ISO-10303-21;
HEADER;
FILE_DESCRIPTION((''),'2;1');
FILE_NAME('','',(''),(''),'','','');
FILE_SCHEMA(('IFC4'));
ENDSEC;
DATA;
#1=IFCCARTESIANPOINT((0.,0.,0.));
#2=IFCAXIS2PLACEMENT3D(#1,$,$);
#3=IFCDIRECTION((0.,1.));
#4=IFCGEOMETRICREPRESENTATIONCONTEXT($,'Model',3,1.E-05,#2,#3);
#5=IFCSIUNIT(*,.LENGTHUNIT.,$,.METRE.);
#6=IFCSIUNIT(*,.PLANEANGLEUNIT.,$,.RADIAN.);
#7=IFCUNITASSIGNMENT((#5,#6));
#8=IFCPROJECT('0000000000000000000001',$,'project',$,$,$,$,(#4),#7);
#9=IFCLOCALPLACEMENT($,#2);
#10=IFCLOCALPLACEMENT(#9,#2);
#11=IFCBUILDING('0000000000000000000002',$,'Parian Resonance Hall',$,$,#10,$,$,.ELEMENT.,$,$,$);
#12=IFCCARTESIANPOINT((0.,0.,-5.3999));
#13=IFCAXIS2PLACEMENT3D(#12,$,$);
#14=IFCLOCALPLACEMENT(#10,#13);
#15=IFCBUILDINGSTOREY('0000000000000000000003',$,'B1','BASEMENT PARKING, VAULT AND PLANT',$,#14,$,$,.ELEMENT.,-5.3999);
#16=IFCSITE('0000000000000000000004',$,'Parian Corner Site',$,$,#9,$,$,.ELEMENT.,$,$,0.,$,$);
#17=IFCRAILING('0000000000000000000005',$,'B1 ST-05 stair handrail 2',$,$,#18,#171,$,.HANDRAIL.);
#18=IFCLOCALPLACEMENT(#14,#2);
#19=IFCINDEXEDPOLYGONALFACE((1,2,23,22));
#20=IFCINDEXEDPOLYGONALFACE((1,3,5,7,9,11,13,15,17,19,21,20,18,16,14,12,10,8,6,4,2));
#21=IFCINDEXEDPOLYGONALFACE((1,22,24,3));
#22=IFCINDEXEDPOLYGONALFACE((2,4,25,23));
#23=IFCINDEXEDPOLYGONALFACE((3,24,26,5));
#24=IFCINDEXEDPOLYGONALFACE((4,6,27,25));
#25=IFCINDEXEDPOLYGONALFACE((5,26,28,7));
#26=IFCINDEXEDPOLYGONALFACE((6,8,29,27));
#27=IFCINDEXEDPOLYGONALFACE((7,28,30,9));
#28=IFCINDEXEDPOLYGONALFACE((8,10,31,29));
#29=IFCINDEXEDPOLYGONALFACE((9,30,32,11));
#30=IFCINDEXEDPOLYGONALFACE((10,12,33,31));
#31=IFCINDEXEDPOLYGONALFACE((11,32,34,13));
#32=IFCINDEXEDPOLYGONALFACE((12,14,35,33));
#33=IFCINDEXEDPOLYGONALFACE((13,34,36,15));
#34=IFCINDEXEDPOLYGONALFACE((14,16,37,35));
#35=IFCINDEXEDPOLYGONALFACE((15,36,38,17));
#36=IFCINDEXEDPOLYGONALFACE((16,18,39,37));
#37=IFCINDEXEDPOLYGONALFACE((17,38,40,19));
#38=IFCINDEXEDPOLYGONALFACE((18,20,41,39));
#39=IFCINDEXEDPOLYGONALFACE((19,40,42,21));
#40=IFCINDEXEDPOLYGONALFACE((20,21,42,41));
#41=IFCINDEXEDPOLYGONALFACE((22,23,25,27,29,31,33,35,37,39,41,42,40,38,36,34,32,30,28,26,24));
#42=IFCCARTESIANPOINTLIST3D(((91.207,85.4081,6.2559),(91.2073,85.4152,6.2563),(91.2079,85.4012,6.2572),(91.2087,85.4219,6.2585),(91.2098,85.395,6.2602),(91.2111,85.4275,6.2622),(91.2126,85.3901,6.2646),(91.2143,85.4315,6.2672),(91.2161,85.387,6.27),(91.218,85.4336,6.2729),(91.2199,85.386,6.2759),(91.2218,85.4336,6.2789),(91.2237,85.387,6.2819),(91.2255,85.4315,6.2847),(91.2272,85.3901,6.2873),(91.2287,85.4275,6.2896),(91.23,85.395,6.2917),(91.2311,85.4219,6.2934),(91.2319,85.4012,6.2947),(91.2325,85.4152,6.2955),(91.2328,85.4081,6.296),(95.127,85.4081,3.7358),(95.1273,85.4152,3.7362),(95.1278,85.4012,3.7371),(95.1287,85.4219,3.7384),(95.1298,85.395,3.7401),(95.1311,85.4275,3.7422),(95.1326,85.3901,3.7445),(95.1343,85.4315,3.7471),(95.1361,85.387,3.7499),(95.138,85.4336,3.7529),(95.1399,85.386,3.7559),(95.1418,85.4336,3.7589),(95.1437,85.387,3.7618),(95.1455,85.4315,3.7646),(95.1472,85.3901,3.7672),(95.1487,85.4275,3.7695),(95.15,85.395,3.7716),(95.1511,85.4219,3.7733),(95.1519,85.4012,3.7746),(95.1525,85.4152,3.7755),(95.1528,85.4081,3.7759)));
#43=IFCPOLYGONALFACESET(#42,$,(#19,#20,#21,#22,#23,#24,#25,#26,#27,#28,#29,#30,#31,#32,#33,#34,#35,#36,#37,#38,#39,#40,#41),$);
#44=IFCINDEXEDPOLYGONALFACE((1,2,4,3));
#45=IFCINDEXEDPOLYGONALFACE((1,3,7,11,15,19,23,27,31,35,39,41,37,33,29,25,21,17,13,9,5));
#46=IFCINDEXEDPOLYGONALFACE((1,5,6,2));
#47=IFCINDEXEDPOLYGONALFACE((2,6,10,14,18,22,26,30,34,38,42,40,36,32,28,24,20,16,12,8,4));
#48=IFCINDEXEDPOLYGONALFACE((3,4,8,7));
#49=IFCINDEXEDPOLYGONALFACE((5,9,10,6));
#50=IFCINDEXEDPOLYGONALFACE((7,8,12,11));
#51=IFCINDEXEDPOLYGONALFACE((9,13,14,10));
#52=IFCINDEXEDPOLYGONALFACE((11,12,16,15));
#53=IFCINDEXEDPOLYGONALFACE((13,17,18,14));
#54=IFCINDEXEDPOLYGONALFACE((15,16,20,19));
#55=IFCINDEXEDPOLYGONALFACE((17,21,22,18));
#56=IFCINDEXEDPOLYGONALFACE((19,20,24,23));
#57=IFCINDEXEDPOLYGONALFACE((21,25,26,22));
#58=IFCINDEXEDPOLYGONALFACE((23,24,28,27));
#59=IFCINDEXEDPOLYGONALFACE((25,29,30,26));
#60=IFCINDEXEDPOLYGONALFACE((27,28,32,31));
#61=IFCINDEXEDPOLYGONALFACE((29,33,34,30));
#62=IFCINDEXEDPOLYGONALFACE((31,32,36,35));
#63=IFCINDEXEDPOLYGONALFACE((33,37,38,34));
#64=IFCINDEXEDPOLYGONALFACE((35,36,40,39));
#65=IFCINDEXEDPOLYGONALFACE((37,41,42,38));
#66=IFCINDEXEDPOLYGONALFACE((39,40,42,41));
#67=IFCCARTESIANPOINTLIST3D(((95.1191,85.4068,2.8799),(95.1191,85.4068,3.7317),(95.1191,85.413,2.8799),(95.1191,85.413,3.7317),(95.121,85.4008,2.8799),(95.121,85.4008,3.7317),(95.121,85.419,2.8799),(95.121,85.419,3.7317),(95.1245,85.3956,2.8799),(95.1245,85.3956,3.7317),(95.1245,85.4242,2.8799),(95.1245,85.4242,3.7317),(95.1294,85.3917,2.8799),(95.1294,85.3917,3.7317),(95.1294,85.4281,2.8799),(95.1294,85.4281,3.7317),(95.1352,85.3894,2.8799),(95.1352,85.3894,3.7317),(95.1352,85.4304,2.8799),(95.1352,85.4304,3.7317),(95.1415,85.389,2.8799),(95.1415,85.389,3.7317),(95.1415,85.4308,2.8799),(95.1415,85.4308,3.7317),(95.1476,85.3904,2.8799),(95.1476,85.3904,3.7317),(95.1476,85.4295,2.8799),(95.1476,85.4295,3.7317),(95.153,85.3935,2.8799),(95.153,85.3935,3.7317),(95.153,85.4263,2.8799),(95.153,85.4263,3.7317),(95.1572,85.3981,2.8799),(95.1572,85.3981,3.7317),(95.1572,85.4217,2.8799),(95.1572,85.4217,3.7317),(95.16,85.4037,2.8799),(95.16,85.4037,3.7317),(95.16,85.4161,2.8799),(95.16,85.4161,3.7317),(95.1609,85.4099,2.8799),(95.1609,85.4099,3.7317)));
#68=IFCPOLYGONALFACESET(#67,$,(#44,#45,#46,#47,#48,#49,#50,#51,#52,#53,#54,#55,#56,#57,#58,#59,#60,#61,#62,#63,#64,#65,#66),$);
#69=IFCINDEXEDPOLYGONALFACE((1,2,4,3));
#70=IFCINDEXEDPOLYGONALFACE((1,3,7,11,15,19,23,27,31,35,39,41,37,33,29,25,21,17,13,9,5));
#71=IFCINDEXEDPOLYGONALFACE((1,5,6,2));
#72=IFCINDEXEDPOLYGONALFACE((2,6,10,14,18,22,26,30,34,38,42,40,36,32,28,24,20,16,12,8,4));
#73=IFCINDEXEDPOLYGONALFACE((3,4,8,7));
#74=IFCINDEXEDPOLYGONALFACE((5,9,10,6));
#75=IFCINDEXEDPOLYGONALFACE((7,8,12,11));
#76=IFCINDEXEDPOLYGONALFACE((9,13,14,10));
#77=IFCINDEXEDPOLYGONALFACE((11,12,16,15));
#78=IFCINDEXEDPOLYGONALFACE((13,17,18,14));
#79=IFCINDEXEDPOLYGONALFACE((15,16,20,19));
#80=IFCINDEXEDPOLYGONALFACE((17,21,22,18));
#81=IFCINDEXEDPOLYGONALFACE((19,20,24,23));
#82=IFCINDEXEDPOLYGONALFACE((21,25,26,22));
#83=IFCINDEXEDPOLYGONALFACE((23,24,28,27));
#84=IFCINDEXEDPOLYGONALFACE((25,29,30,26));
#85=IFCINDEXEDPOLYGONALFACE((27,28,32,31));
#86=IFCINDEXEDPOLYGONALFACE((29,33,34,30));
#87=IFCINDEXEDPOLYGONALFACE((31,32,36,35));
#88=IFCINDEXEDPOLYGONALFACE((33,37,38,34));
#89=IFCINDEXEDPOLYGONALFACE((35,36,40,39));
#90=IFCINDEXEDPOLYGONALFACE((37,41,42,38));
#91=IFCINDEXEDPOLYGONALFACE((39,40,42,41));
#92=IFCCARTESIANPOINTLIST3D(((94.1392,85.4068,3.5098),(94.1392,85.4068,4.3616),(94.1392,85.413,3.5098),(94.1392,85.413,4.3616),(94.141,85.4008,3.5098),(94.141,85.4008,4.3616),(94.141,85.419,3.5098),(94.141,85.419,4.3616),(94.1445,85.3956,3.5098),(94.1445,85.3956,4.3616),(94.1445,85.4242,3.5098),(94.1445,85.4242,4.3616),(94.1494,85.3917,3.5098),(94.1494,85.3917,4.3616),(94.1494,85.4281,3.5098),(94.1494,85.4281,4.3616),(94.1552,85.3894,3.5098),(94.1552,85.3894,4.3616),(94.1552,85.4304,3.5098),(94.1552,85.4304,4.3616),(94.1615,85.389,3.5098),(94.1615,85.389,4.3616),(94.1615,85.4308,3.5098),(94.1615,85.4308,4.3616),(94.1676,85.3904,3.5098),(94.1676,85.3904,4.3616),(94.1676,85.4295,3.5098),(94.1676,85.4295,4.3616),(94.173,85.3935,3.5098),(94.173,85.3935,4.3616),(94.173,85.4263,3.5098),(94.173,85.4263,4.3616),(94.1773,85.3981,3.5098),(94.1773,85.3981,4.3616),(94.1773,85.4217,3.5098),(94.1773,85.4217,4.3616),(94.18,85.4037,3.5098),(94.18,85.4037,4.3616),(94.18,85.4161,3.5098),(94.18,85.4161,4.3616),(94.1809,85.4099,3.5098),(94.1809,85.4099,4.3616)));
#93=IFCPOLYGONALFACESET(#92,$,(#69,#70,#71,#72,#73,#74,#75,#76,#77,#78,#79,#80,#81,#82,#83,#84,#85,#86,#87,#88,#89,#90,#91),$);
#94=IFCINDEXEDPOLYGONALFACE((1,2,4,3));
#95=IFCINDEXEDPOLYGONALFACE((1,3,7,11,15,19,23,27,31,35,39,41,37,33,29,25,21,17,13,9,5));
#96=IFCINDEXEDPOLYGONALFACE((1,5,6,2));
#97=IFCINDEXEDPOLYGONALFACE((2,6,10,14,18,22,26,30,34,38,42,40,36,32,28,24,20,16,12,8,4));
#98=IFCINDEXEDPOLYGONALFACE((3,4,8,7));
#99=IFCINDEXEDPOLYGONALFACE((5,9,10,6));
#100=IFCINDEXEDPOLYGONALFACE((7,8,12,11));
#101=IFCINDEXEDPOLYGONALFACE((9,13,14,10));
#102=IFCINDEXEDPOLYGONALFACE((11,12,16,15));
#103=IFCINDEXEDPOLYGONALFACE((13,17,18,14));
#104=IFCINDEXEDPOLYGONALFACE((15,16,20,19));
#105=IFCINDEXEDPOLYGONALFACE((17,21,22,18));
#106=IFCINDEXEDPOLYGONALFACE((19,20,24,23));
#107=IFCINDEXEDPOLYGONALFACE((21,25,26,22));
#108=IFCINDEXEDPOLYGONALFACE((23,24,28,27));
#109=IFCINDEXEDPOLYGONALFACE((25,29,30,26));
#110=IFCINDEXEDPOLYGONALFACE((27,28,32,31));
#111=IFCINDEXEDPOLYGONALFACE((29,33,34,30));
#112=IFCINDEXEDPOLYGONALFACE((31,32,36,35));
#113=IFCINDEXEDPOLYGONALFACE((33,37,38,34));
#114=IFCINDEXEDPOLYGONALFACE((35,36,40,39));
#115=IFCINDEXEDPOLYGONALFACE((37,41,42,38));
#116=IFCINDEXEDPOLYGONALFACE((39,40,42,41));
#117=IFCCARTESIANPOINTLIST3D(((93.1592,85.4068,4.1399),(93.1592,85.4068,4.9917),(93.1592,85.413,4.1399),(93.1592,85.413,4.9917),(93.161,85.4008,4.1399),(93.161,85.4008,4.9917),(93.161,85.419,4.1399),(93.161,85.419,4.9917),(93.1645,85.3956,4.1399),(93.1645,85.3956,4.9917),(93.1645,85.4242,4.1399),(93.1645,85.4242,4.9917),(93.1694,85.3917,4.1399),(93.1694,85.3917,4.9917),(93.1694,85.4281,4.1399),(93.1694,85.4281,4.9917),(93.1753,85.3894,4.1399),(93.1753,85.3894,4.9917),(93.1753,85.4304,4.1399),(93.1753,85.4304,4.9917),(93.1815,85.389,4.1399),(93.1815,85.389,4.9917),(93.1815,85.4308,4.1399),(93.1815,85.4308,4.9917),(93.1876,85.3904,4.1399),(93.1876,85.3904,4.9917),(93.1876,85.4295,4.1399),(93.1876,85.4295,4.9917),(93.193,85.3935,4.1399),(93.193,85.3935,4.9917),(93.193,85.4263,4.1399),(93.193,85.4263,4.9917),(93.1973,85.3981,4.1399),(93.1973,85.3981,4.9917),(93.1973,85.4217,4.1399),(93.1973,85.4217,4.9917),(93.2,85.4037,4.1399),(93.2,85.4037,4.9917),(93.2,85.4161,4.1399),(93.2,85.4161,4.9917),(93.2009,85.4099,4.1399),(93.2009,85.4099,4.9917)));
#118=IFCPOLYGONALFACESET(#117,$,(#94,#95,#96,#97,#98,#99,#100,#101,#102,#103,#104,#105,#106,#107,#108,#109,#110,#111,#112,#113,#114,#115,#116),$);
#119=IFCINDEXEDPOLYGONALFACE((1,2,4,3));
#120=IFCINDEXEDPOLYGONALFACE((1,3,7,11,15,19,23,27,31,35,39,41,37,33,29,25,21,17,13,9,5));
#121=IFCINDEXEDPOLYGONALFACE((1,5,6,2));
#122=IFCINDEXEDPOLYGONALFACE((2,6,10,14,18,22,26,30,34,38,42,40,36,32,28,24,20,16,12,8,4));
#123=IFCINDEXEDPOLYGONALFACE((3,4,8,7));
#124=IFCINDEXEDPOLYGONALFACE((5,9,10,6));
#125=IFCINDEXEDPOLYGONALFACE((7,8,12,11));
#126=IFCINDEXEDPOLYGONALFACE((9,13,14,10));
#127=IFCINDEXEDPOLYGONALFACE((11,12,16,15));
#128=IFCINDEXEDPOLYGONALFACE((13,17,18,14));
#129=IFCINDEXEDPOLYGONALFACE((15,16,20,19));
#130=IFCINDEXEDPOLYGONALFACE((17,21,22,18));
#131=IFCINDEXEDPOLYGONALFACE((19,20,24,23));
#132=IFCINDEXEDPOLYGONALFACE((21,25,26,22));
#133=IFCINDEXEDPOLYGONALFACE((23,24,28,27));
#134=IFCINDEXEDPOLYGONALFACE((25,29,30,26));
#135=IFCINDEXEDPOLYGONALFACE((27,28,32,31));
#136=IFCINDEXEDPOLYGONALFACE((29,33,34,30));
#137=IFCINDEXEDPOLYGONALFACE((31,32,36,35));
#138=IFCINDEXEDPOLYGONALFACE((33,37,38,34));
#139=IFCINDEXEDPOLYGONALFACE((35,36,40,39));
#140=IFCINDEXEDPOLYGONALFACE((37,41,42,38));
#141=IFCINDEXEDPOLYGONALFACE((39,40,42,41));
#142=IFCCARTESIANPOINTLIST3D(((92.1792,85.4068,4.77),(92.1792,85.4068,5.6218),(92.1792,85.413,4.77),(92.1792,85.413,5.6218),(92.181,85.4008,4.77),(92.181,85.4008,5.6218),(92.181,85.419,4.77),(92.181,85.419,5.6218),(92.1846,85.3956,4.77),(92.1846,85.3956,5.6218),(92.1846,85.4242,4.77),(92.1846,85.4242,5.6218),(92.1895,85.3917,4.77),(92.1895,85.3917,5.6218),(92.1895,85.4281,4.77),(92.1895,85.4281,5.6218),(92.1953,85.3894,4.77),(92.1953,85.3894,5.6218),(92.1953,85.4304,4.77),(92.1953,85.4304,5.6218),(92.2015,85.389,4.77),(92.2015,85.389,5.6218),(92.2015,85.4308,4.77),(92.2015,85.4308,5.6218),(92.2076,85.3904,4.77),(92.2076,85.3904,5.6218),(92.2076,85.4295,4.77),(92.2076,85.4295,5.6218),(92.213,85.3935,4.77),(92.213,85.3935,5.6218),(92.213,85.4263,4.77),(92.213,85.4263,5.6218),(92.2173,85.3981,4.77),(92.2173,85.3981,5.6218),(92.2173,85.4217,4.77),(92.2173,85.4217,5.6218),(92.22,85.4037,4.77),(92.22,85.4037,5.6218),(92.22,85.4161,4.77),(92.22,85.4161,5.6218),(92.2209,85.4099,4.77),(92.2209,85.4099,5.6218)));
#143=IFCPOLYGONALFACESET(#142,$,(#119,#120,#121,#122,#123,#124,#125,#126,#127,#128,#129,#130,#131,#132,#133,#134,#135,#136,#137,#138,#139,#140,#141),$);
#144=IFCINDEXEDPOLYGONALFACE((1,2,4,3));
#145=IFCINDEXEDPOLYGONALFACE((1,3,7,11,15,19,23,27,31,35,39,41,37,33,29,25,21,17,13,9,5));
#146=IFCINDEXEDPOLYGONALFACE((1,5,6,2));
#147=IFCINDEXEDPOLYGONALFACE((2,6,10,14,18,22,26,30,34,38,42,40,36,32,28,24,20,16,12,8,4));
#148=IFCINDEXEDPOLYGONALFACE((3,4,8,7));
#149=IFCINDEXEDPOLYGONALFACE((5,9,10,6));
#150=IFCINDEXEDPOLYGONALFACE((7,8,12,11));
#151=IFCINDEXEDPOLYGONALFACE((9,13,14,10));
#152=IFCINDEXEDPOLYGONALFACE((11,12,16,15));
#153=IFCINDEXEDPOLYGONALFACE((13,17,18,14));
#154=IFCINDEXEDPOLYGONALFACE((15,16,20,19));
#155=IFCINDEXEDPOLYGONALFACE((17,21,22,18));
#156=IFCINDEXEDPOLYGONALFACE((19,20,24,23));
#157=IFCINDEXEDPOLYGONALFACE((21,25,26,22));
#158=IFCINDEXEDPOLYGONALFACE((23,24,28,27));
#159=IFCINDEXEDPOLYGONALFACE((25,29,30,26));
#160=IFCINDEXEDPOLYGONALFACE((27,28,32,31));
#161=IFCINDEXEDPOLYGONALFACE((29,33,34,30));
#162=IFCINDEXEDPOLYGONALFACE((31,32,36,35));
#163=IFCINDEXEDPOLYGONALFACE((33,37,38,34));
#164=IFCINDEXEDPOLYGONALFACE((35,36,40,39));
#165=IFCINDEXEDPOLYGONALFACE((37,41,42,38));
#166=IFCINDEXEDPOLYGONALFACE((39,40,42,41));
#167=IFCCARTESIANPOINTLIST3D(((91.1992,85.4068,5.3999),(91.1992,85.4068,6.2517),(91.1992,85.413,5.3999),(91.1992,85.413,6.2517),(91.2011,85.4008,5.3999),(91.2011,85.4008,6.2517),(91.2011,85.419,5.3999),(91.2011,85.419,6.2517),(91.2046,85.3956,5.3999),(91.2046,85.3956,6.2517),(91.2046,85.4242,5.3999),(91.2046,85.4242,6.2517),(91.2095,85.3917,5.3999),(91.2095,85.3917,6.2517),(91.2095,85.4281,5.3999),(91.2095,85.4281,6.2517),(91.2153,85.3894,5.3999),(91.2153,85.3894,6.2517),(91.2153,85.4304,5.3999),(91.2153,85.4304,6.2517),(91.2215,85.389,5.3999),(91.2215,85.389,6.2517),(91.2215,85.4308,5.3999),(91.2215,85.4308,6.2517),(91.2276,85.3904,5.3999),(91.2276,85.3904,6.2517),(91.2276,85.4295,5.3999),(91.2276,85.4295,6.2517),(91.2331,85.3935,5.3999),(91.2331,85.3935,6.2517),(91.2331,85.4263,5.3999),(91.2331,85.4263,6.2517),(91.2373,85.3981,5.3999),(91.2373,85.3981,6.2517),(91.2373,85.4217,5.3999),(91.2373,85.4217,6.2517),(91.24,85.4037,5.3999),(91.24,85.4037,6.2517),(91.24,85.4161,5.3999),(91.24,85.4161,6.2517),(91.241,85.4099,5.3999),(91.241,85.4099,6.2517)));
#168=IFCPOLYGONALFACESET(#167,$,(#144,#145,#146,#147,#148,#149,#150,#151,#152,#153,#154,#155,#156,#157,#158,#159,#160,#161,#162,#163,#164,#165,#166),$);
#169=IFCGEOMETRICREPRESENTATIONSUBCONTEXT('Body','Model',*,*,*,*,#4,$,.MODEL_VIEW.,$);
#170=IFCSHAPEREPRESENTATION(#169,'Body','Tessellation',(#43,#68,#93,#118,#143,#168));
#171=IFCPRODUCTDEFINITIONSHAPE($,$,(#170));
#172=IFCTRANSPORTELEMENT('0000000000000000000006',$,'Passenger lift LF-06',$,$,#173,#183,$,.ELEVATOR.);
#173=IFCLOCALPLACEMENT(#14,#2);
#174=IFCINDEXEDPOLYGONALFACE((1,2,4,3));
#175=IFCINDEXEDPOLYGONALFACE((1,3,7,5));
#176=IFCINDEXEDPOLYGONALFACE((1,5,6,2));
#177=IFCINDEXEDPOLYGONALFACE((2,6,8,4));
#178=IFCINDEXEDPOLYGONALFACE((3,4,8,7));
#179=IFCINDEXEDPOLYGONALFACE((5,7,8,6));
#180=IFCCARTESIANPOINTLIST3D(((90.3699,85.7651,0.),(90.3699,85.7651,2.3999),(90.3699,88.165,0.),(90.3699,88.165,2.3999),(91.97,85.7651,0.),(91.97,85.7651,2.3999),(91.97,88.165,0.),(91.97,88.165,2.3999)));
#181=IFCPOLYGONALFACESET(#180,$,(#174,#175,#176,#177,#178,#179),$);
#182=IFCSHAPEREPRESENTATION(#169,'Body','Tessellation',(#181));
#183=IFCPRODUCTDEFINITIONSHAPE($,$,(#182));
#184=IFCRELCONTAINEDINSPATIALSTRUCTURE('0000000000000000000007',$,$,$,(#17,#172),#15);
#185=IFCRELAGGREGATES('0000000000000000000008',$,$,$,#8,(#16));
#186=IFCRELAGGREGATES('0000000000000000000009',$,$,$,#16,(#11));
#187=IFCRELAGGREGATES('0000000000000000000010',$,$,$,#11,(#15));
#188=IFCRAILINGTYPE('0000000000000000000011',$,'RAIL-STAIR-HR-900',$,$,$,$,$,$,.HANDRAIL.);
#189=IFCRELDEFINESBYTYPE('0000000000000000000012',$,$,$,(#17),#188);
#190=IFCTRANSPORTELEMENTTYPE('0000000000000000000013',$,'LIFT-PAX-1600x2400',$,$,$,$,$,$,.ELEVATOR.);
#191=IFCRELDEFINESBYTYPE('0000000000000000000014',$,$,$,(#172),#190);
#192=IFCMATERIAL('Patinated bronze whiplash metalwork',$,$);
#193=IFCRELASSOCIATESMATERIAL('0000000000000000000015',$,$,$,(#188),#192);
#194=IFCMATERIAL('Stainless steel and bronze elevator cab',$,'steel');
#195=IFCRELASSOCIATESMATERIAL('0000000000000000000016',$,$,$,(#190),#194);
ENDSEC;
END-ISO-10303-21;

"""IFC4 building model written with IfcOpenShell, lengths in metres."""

from ifc_helpers import new_model, si_unit, direction, frame, origin, origin_2d, place, context, subcontext, project, spatial, rectangle, circle, extrude, material, type_object, element, save


model = new_model("IFC4")

# Units and contexts
model_context = context("Model", 3, precision=1e-05, world=origin(), true_north=direction((0.0, 1.0)))
body_context = subcontext(model_context, "Body", "Model", "MODEL_VIEW")
ifc_project = project(units=[si_unit("LENGTHUNIT", "METRE"), si_unit("PLANEANGLEUNIT", "RADIAN")], contexts=[model_context])

# Site, building, storey
site_placement = place(None, origin())
site = spatial("IfcSite", under=ifc_project, at=site_placement, Name="Parian Corner Site", CompositionType="ELEMENT", RefElevation=0.0)
building_placement = place(site_placement, origin())
building = spatial("IfcBuilding", under=site, at=building_placement, Name="Parian Resonance Hall", CompositionType="ELEMENT")
storey_placement = place(building_placement, frame((0.0, 0.0, -5.3999)))
storey = spatial("IfcBuildingStorey", under=building, at=storey_placement, Name="B1", Description="BASEMENT PARKING, VAULT AND PLANT", CompositionType="ELEMENT", Elevation=-5.3999)

# Railing
ifc_material_1 = material(Name="Patinated bronze whiplash metalwork")
railing_type_1 = type_object("IfcRailingType", Name="RAIL-STAIR-HR-900", PredefinedType="HANDRAIL", material=ifc_material_1)
railing_1_placement = place(storey_placement, frame((95.1399, 85.4099, 2.8799)))
element("IfcRailing", 1, at=railing_1_placement, inside=storey, type_object=railing_type_1, Name="B1 ST-05 stair handrail 2", PredefinedType="HANDRAIL", context=body_context, shape_type="SweptSolid", body=[
    extrude(circle(Radius=0.0239, at=origin_2d()), frame((0.0, 0.0, 0.876), z_axis=(-0.841172, 0.0, 0.540768), x_axis=(0.0, -1.0, 0.0)), (0.0, 0.0, 1.0), 4.6602),
    extrude(circle(Radius=0.021, at=origin_2d()), origin(), (0.0, 0.0, 1.0), 0.8518),
    extrude(circle(Radius=0.021, at=origin_2d()), frame((-0.98, 0.0, 0.6299)), (0.0, 0.0, 1.0), 0.8518),
    extrude(circle(Radius=0.021, at=origin_2d()), frame((-1.96, 0.0, 1.26)), (0.0, 0.0, 1.0), 0.8518),
    extrude(circle(Radius=0.021, at=origin_2d()), frame((-2.9399, 0.0, 1.8901)), (0.0, 0.0, 1.0), 0.8518),
    extrude(circle(Radius=0.021, at=origin_2d()), frame((-3.9199, 0.0, 2.52)), (0.0, 0.0, 1.0), 0.8518),
])

# Transport element
ifc_material_2 = material(Name="Stainless steel and bronze elevator cab", Category="steel")
transport_element_type = type_object("IfcTransportElementType", Name="LIFT-PAX-1600x2400", PredefinedType="ELEVATOR", material=ifc_material_2)
transport_element_placement = place(storey_placement, frame((91.1699, 86.9651, 0.0), z_axis=(0.0, 0.0, 1.0), x_axis=(1.0, 0.0, 0.0)))
element("IfcTransportElement", 2, at=transport_element_placement, inside=storey, type_object=transport_element_type, Name="Passenger lift LF-06", PredefinedType="ELEVATOR", context=body_context, shape_type="SweptSolid", body=[
    extrude(rectangle(XDim=1.6001, YDim=2.3999, at=origin_2d()), origin(), (0.0, 0.0, 1.0), 2.3999),
])

save(model, "model.ifc")
